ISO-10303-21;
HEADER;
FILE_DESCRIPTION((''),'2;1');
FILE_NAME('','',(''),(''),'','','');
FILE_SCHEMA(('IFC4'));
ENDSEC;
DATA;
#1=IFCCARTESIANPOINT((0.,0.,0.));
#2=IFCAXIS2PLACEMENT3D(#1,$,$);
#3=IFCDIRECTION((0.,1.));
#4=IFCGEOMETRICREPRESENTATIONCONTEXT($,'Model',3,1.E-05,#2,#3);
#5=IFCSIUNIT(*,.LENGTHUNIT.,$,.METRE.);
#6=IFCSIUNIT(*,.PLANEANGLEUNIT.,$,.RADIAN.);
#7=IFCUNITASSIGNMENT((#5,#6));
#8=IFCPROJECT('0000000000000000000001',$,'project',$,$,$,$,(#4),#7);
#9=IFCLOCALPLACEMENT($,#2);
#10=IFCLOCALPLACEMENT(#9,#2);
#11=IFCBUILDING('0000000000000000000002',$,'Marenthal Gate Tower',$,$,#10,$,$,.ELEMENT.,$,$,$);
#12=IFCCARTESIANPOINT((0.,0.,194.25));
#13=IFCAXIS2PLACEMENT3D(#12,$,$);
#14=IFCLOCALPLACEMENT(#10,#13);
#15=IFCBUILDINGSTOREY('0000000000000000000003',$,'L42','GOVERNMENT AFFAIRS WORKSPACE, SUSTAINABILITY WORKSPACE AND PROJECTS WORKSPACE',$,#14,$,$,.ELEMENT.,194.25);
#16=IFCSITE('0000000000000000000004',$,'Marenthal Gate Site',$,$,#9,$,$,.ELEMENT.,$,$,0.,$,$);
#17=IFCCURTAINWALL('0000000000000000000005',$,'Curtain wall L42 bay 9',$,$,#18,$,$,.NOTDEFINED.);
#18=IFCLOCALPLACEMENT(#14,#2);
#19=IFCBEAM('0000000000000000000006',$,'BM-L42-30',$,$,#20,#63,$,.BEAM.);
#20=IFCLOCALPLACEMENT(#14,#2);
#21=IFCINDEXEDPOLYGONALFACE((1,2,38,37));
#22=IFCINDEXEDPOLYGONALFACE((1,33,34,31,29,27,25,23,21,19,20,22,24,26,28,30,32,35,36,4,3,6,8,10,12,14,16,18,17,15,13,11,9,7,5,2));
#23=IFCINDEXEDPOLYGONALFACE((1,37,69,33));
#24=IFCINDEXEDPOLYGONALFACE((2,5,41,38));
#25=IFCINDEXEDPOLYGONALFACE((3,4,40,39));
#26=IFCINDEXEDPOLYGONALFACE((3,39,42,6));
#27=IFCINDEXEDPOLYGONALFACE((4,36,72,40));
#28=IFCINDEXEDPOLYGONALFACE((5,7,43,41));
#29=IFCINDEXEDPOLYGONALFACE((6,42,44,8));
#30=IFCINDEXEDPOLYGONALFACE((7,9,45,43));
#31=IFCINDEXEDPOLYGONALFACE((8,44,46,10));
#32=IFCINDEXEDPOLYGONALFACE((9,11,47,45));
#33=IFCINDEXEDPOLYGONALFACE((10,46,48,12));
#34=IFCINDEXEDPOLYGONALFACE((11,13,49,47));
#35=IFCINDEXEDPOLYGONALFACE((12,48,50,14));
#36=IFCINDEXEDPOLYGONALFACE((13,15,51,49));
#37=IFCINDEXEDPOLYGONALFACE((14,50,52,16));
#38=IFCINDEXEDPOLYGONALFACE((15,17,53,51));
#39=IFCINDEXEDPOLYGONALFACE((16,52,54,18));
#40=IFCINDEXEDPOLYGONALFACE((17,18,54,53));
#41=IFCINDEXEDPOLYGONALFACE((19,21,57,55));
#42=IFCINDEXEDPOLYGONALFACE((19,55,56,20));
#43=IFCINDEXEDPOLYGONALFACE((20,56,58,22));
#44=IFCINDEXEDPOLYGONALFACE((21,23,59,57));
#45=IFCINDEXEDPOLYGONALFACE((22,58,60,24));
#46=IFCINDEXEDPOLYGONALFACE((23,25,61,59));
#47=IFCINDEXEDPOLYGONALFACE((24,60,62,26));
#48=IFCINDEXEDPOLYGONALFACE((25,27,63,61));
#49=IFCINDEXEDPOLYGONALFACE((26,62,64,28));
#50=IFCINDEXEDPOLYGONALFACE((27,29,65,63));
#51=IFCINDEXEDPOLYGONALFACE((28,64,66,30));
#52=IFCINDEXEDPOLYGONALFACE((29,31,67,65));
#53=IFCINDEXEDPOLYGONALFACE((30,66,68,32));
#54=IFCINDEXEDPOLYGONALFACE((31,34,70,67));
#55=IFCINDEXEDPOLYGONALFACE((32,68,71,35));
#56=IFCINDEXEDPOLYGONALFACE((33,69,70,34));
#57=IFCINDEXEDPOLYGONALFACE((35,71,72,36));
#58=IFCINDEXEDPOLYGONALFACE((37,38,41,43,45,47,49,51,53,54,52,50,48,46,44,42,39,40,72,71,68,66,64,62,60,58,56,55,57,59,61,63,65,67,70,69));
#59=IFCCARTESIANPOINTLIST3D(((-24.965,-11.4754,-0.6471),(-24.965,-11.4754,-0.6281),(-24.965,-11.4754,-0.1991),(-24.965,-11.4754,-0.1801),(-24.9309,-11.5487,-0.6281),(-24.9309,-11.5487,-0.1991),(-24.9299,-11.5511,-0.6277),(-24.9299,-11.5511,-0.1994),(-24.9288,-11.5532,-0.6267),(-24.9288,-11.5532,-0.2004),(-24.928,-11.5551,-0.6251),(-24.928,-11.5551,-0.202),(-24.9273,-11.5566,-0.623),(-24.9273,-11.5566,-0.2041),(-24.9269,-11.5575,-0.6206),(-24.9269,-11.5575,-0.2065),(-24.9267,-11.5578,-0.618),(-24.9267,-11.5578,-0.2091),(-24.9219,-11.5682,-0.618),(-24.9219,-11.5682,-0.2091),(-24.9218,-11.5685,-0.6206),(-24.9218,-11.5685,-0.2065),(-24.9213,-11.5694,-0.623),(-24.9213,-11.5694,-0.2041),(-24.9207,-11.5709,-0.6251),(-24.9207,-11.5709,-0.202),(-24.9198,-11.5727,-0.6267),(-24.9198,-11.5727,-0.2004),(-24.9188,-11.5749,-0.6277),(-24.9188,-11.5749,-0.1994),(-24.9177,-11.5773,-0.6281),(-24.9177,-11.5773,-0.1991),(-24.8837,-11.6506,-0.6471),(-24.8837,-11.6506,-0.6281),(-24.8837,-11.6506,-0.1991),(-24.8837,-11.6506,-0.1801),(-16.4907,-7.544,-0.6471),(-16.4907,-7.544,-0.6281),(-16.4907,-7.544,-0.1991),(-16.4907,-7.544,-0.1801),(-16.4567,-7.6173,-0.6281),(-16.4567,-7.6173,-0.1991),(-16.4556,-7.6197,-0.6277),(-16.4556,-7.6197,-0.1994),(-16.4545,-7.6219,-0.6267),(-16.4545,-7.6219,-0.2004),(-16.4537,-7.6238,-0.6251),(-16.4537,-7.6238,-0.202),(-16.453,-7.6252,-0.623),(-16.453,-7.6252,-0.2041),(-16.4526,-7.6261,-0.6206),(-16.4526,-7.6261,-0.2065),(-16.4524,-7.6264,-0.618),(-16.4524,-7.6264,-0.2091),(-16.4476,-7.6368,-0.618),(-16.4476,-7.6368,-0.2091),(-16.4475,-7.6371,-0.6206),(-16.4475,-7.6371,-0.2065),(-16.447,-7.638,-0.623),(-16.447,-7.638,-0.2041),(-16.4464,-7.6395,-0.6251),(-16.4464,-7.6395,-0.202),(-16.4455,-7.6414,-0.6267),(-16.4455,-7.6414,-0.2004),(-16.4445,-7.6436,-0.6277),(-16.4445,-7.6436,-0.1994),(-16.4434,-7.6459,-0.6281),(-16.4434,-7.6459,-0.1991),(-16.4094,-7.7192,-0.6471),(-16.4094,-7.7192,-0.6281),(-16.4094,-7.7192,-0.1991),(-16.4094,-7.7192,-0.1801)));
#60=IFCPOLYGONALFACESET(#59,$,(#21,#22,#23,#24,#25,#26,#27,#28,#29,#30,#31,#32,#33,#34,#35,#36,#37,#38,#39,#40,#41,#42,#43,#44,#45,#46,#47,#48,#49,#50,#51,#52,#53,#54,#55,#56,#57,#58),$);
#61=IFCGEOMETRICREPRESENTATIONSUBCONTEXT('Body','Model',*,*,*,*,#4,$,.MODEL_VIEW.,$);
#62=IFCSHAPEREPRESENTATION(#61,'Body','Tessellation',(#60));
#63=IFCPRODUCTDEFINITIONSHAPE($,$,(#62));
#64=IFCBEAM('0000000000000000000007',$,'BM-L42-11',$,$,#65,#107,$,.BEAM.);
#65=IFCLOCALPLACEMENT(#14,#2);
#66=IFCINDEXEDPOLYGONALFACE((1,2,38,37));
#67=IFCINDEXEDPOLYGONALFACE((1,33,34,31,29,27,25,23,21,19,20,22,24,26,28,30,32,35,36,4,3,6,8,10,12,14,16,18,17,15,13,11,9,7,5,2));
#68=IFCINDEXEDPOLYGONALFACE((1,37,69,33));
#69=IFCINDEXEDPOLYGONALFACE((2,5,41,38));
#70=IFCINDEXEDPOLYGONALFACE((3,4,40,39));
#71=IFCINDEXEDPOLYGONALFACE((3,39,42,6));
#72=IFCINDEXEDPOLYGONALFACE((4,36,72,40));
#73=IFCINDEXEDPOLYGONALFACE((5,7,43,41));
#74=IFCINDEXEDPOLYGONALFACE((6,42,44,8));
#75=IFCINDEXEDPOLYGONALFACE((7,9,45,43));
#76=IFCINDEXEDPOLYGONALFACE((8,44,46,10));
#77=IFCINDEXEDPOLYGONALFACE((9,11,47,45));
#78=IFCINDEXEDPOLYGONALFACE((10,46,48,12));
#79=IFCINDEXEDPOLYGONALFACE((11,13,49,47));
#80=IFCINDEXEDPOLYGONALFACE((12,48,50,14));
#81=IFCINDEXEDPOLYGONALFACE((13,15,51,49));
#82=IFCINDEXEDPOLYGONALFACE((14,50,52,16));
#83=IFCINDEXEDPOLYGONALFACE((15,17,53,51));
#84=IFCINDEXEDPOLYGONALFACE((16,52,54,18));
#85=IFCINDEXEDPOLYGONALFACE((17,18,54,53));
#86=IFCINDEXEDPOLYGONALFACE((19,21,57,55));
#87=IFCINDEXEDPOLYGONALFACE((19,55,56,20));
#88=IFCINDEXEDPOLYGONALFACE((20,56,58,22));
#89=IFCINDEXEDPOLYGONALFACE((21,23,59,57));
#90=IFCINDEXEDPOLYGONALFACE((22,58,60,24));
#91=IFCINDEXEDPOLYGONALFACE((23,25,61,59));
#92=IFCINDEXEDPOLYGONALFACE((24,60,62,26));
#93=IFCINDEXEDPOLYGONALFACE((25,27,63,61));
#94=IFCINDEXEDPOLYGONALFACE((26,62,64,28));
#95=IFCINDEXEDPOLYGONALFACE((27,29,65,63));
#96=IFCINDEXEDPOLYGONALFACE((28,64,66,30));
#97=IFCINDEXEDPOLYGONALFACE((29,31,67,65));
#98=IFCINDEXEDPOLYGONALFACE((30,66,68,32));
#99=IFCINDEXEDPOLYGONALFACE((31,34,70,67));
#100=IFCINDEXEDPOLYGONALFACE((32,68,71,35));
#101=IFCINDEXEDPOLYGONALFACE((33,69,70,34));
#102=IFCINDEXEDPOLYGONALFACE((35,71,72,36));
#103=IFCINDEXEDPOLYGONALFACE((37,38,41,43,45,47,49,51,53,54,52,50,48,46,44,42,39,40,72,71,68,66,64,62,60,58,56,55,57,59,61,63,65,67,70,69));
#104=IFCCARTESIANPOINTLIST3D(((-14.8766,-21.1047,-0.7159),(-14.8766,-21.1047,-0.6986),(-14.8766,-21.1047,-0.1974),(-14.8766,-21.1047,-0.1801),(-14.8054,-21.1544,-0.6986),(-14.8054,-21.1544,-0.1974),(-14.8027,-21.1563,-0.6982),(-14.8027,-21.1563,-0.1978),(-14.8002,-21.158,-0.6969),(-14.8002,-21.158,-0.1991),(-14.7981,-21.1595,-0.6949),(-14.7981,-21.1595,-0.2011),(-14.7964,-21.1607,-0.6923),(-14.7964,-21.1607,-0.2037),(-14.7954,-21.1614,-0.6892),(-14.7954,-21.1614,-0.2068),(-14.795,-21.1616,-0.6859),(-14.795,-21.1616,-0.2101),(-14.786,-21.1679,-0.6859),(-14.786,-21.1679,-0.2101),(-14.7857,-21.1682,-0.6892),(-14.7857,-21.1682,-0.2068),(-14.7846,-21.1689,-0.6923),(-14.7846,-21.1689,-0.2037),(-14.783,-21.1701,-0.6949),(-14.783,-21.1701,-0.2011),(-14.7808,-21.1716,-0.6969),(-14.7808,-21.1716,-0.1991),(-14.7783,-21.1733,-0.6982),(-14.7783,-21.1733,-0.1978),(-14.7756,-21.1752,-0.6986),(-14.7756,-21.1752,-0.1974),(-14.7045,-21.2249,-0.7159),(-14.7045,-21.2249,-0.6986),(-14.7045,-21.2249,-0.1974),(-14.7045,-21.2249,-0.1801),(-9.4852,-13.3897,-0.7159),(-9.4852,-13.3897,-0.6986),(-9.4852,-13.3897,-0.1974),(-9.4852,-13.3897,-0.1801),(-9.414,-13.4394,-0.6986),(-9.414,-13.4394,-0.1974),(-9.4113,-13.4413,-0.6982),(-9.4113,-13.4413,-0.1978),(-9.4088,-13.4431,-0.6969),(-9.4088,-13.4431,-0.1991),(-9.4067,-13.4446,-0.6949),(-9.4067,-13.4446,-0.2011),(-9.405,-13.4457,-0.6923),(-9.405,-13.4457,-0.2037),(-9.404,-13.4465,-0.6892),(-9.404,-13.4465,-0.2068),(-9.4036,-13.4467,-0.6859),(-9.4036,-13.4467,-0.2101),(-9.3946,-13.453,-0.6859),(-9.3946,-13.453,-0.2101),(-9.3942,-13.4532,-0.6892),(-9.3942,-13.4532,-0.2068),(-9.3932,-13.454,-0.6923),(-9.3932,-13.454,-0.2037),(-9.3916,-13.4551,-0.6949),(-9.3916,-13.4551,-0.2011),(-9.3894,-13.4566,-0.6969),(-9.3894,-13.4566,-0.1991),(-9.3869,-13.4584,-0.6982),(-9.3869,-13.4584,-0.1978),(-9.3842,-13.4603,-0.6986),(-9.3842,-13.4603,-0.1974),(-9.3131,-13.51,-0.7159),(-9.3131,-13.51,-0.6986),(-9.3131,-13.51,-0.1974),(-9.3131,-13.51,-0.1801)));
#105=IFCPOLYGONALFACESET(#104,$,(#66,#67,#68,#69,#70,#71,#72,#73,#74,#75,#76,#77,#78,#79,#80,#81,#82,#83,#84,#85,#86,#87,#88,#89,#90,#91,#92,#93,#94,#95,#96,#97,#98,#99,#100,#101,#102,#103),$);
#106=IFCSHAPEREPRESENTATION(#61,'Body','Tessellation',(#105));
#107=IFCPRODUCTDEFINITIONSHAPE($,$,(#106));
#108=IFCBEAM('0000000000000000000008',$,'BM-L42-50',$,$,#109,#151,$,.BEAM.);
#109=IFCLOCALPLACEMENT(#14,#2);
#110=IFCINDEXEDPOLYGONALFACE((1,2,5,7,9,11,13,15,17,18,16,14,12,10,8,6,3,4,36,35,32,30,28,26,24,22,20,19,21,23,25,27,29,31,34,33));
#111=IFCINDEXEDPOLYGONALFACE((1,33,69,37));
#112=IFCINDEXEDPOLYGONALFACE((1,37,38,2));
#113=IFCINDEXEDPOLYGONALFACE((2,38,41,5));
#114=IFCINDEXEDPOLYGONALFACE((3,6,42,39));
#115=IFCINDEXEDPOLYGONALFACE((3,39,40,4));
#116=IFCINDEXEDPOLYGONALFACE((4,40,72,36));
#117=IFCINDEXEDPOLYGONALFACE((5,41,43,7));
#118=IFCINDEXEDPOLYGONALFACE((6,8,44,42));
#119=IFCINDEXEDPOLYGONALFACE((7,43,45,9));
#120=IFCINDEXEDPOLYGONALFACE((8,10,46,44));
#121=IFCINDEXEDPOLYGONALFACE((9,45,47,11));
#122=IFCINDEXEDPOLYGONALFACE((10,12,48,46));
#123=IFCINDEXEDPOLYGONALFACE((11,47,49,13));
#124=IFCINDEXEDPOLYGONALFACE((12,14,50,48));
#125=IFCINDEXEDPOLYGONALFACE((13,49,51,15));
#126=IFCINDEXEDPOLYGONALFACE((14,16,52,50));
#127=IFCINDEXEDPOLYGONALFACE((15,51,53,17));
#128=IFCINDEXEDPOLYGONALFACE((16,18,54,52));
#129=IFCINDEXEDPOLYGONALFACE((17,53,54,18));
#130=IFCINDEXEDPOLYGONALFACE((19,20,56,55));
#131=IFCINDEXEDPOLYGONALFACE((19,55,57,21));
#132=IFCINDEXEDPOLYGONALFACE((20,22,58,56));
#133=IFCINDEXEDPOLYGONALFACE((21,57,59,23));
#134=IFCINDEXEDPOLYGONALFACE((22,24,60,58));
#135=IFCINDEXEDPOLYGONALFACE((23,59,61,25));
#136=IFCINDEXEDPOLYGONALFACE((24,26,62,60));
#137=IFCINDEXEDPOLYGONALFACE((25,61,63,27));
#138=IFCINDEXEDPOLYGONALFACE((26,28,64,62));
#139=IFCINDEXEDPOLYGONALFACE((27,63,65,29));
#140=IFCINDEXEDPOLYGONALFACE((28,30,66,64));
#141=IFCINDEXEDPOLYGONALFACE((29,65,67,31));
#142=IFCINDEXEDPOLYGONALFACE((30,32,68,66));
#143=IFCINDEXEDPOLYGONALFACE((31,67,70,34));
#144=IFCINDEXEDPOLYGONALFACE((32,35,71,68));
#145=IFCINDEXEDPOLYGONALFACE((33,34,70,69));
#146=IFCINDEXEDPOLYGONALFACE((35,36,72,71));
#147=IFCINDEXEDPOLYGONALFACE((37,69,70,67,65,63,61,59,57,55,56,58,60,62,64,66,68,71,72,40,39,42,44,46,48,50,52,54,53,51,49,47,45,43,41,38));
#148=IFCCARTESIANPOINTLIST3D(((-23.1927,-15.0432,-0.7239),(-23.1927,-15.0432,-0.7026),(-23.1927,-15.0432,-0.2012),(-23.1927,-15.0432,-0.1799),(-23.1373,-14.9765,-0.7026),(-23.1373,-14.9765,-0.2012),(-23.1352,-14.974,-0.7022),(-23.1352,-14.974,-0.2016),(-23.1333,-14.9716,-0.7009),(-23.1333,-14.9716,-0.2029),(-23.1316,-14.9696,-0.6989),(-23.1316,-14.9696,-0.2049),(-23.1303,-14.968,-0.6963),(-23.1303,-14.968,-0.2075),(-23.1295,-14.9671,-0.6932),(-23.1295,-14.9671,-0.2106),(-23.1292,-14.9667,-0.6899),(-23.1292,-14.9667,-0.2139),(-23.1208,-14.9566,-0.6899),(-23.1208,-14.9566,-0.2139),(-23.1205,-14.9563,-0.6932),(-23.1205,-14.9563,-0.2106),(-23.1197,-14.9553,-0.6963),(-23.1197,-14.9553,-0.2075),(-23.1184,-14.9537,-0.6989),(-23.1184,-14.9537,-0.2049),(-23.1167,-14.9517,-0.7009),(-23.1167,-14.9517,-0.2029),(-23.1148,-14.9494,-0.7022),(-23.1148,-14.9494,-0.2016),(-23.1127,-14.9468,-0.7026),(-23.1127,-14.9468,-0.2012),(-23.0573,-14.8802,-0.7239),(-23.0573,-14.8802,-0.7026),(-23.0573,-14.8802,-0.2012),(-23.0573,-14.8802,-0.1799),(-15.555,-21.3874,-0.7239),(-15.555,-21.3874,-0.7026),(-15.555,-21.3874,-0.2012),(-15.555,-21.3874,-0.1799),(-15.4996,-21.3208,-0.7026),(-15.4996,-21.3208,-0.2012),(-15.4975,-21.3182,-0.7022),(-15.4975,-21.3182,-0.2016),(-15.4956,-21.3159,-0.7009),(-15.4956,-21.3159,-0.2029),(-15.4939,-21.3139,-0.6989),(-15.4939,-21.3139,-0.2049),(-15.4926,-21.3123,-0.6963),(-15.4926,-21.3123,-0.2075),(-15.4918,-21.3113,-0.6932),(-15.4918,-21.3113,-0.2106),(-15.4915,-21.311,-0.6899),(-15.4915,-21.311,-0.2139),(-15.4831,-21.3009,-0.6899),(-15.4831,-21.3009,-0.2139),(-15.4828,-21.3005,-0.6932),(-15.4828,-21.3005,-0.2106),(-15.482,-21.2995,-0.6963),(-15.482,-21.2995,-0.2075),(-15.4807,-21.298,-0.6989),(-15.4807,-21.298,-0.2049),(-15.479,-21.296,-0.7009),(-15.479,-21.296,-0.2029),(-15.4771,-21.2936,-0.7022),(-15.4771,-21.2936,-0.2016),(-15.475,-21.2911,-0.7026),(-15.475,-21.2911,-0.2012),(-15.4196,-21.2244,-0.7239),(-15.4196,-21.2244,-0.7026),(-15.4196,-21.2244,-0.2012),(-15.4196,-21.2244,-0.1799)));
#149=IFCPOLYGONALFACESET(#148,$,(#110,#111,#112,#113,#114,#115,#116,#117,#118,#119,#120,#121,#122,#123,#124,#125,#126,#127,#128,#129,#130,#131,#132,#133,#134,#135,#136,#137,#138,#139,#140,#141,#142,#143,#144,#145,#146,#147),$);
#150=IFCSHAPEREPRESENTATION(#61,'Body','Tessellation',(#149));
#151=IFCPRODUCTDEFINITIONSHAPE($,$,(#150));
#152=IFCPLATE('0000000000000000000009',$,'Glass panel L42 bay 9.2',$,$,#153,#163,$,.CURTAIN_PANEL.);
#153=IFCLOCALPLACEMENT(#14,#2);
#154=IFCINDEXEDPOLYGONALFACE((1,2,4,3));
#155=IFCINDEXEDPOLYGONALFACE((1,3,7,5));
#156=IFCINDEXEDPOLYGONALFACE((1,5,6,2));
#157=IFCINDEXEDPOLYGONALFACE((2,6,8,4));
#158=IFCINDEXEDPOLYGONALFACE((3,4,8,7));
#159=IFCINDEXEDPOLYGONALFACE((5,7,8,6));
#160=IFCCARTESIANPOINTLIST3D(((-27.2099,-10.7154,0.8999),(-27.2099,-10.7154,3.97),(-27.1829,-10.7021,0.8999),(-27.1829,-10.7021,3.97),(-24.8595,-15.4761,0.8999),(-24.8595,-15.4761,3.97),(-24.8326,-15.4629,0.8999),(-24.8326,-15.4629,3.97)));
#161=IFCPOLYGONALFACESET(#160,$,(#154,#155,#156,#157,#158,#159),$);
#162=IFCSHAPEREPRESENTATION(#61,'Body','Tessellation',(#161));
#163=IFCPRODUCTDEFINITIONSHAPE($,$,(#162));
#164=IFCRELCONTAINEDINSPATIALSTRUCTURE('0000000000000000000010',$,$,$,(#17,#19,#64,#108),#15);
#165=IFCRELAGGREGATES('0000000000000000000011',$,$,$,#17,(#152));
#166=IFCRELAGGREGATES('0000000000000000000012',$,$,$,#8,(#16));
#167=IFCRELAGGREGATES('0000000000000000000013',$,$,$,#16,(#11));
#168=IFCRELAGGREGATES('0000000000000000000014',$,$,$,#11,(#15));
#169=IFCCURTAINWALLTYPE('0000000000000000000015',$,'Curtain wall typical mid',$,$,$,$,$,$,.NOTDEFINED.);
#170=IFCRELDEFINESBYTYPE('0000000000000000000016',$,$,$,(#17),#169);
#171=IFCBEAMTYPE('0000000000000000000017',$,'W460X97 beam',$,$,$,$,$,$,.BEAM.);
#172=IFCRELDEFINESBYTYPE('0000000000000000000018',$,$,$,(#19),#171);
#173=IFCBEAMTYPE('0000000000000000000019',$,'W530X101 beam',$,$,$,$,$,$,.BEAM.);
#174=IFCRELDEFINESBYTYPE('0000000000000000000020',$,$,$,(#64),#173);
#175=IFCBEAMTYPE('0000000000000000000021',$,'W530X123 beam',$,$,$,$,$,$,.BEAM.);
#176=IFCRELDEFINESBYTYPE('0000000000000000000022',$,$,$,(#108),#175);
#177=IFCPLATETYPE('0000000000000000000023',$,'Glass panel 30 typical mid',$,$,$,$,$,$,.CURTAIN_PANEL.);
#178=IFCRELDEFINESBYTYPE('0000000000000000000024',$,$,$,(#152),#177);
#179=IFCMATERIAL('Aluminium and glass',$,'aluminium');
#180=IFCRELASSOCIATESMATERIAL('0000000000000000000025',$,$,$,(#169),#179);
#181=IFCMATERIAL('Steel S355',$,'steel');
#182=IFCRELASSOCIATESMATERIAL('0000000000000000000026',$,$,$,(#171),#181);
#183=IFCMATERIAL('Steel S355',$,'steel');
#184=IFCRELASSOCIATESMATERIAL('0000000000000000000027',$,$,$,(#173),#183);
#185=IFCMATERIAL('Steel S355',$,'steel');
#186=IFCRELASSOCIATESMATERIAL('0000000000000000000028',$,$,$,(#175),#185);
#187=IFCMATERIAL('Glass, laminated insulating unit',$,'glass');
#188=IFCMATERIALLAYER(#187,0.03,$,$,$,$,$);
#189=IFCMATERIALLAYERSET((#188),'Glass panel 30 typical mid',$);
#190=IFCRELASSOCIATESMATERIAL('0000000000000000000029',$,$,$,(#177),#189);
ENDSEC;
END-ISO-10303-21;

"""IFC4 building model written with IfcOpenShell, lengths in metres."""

from ifc_helpers import new_model, si_unit, direction, frame, origin, origin_2d, place, context, subcontext, project, spatial, rectangle, i_section, extrude, material, layer, layer_set, material_profile, profile_set, type_object, element, aggregate, save


model = new_model("IFC4")

# Units and contexts
model_context = context("Model", 3, precision=1e-05, world=origin(), true_north=direction((0.0, 1.0)))
body_context = subcontext(model_context, "Body", "Model", "MODEL_VIEW")
ifc_project = project(units=[si_unit("LENGTHUNIT", "METRE"), si_unit("PLANEANGLEUNIT", "RADIAN")], contexts=[model_context])

# Site, building, storey
site_placement = place(None, origin())
site = spatial("IfcSite", under=ifc_project, at=site_placement, Name="Marenthal Gate Site", CompositionType="ELEMENT", RefElevation=0.0)
building_placement = place(site_placement, origin())
building = spatial("IfcBuilding", under=site, at=building_placement, Name="Marenthal Gate Tower", CompositionType="ELEMENT")
storey_placement = place(building_placement, frame((0.0, 0.0, 194.25)))
storey = spatial("IfcBuildingStorey", under=building, at=storey_placement, Name="L42", Description="GOVERNMENT AFFAIRS WORKSPACE, SUSTAINABILITY WORKSPACE AND PROJECTS WORKSPACE", CompositionType="ELEMENT", Elevation=194.25)

# Curtain wall
ifc_material_1 = material(Name="Aluminium and glass", Category="aluminium")
curtain_wall_type = type_object("IfcCurtainWallType", Name="Curtain wall typical mid", PredefinedType="NOTDEFINED", material=ifc_material_1)
curtain_wall_1_placement = place(storey_placement, origin())
curtain_wall_1 = element("IfcCurtainWall", 1, at=curtain_wall_1_placement, inside=storey, type_object=curtain_wall_type, Name="Curtain wall L42 bay 9", PredefinedType="NOTDEFINED")

# Beams
ifc_material_2 = material(Name="Steel S355", Category="steel")
ifc_material_profile_1 = material_profile(ifc_material_2, i_section(OverallWidth=0.1931, OverallDepth=0.467, WebThickness=0.0115, FlangeThickness=0.019, FilletRadius=0.01, at=origin_2d()), Name="W460X97")
ifc_profile_set_1 = profile_set([ifc_material_profile_1], Name="Steel S355")
beam_type_1 = type_object("IfcBeamType", Name="W460X97 beam", PredefinedType="BEAM", material=ifc_profile_set_1)
beam_1_placement = place(storey_placement, frame((-24.9243, -11.563, -0.4136), z_axis=(0.907137, 0.420836, 0.0), x_axis=(-0.420836, 0.907137, 0.0)))
element("IfcBeam", 2, at=beam_1_placement, inside=storey, type_object=beam_type_1, Name="BM-L42-30", PredefinedType="BEAM", context=body_context, shape_type="SweptSolid", body=[
    extrude(i_section(OverallWidth=0.1931, OverallDepth=0.467, WebThickness=0.0115, FlangeThickness=0.019, FilletRadius=0.01, at=origin_2d()), origin(), (0.0, 0.0, 1.0), 9.3418),
])
ifc_material_3 = material(Name="Steel S355", Category="steel")
ifc_material_profile_2 = material_profile(ifc_material_3, i_section(OverallWidth=0.21, OverallDepth=0.5359, WebThickness=0.011, FlangeThickness=0.0173, FilletRadius=0.0127, at=origin_2d()), Name="W530X101")
ifc_profile_set_2 = profile_set([ifc_material_profile_2], Name="Steel S355")
beam_type_2 = type_object("IfcBeamType", Name="W530X101 beam", PredefinedType="BEAM", material=ifc_profile_set_2)
beam_2_placement = place(storey_placement, frame((-14.7905, -21.1648, -0.448), z_axis=(0.572818, 0.819683, 0.0), x_axis=(-0.819683, 0.572818, 0.0)))
element("IfcBeam", 3, at=beam_2_placement, inside=storey, type_object=beam_type_2, Name="BM-L42-11", PredefinedType="BEAM", context=body_context, shape_type="SweptSolid", body=[
    extrude(i_section(OverallWidth=0.21, OverallDepth=0.5359, WebThickness=0.011, FlangeThickness=0.0173, FilletRadius=0.0127, at=origin_2d()), origin(), (0.0, 0.0, 1.0), 9.4121),
])
ifc_material_4 = material(Name="Steel S355", Category="steel")
ifc_material_profile_3 = material_profile(ifc_material_4, i_section(OverallWidth=0.2119, OverallDepth=0.5439, WebThickness=0.0132, FlangeThickness=0.0212, FilletRadius=0.0127, at=origin_2d()), Name="W530X123")
ifc_profile_set_3 = profile_set([ifc_material_profile_3], Name="Steel S355")
beam_type_3 = type_object("IfcBeamType", Name="W530X123 beam", PredefinedType="BEAM", material=ifc_profile_set_3)
beam_3_placement = place(storey_placement, frame((-23.125, -14.9617, -0.4519), z_axis=(0.769236, -0.638965, 0.0), x_axis=(0.638965, 0.769236, 0.0)))
element("IfcBeam", 4, at=beam_3_placement, inside=storey, type_object=beam_type_3, Name="BM-L42-50", PredefinedType="BEAM", context=body_context, shape_type="SweptSolid", body=[
    extrude(i_section(OverallWidth=0.2119, OverallDepth=0.5439, WebThickness=0.0132, FlangeThickness=0.0212, FilletRadius=0.0127, at=origin_2d()), origin(), (0.0, 0.0, 1.0), 9.929),
])

# Plate
ifc_material_5 = material(Name="Glass, laminated insulating unit", Category="glass")
ifc_layer_1 = layer(ifc_material_5, 0.03)
ifc_layer_set_1 = layer_set([ifc_layer_1], Name="Glass panel 30 typical mid")
plate_type = type_object("IfcPlateType", Name="Glass panel 30 typical mid", PredefinedType="CURTAIN_PANEL", material=ifc_layer_set_1)
plate_placement = place(storey_placement, frame((-26.0212, -13.0891, 0.8999), z_axis=(0.0, 0.0, 1.0), x_axis=(0.442678, -0.896681, 0.0)))
plate = element("IfcPlate", 5, at=plate_placement, type_object=plate_type, Name="Glass panel L42 bay 9.2", PredefinedType="CURTAIN_PANEL", context=body_context, shape_type="SweptSolid", body=[
    extrude(rectangle(XDim=5.3093, YDim=0.03, at=origin_2d()), origin(), (0.0, 0.0, 1.0), 3.0701),
])
aggregate(curtain_wall_1, [plate])

save(model, "model.ifc")
